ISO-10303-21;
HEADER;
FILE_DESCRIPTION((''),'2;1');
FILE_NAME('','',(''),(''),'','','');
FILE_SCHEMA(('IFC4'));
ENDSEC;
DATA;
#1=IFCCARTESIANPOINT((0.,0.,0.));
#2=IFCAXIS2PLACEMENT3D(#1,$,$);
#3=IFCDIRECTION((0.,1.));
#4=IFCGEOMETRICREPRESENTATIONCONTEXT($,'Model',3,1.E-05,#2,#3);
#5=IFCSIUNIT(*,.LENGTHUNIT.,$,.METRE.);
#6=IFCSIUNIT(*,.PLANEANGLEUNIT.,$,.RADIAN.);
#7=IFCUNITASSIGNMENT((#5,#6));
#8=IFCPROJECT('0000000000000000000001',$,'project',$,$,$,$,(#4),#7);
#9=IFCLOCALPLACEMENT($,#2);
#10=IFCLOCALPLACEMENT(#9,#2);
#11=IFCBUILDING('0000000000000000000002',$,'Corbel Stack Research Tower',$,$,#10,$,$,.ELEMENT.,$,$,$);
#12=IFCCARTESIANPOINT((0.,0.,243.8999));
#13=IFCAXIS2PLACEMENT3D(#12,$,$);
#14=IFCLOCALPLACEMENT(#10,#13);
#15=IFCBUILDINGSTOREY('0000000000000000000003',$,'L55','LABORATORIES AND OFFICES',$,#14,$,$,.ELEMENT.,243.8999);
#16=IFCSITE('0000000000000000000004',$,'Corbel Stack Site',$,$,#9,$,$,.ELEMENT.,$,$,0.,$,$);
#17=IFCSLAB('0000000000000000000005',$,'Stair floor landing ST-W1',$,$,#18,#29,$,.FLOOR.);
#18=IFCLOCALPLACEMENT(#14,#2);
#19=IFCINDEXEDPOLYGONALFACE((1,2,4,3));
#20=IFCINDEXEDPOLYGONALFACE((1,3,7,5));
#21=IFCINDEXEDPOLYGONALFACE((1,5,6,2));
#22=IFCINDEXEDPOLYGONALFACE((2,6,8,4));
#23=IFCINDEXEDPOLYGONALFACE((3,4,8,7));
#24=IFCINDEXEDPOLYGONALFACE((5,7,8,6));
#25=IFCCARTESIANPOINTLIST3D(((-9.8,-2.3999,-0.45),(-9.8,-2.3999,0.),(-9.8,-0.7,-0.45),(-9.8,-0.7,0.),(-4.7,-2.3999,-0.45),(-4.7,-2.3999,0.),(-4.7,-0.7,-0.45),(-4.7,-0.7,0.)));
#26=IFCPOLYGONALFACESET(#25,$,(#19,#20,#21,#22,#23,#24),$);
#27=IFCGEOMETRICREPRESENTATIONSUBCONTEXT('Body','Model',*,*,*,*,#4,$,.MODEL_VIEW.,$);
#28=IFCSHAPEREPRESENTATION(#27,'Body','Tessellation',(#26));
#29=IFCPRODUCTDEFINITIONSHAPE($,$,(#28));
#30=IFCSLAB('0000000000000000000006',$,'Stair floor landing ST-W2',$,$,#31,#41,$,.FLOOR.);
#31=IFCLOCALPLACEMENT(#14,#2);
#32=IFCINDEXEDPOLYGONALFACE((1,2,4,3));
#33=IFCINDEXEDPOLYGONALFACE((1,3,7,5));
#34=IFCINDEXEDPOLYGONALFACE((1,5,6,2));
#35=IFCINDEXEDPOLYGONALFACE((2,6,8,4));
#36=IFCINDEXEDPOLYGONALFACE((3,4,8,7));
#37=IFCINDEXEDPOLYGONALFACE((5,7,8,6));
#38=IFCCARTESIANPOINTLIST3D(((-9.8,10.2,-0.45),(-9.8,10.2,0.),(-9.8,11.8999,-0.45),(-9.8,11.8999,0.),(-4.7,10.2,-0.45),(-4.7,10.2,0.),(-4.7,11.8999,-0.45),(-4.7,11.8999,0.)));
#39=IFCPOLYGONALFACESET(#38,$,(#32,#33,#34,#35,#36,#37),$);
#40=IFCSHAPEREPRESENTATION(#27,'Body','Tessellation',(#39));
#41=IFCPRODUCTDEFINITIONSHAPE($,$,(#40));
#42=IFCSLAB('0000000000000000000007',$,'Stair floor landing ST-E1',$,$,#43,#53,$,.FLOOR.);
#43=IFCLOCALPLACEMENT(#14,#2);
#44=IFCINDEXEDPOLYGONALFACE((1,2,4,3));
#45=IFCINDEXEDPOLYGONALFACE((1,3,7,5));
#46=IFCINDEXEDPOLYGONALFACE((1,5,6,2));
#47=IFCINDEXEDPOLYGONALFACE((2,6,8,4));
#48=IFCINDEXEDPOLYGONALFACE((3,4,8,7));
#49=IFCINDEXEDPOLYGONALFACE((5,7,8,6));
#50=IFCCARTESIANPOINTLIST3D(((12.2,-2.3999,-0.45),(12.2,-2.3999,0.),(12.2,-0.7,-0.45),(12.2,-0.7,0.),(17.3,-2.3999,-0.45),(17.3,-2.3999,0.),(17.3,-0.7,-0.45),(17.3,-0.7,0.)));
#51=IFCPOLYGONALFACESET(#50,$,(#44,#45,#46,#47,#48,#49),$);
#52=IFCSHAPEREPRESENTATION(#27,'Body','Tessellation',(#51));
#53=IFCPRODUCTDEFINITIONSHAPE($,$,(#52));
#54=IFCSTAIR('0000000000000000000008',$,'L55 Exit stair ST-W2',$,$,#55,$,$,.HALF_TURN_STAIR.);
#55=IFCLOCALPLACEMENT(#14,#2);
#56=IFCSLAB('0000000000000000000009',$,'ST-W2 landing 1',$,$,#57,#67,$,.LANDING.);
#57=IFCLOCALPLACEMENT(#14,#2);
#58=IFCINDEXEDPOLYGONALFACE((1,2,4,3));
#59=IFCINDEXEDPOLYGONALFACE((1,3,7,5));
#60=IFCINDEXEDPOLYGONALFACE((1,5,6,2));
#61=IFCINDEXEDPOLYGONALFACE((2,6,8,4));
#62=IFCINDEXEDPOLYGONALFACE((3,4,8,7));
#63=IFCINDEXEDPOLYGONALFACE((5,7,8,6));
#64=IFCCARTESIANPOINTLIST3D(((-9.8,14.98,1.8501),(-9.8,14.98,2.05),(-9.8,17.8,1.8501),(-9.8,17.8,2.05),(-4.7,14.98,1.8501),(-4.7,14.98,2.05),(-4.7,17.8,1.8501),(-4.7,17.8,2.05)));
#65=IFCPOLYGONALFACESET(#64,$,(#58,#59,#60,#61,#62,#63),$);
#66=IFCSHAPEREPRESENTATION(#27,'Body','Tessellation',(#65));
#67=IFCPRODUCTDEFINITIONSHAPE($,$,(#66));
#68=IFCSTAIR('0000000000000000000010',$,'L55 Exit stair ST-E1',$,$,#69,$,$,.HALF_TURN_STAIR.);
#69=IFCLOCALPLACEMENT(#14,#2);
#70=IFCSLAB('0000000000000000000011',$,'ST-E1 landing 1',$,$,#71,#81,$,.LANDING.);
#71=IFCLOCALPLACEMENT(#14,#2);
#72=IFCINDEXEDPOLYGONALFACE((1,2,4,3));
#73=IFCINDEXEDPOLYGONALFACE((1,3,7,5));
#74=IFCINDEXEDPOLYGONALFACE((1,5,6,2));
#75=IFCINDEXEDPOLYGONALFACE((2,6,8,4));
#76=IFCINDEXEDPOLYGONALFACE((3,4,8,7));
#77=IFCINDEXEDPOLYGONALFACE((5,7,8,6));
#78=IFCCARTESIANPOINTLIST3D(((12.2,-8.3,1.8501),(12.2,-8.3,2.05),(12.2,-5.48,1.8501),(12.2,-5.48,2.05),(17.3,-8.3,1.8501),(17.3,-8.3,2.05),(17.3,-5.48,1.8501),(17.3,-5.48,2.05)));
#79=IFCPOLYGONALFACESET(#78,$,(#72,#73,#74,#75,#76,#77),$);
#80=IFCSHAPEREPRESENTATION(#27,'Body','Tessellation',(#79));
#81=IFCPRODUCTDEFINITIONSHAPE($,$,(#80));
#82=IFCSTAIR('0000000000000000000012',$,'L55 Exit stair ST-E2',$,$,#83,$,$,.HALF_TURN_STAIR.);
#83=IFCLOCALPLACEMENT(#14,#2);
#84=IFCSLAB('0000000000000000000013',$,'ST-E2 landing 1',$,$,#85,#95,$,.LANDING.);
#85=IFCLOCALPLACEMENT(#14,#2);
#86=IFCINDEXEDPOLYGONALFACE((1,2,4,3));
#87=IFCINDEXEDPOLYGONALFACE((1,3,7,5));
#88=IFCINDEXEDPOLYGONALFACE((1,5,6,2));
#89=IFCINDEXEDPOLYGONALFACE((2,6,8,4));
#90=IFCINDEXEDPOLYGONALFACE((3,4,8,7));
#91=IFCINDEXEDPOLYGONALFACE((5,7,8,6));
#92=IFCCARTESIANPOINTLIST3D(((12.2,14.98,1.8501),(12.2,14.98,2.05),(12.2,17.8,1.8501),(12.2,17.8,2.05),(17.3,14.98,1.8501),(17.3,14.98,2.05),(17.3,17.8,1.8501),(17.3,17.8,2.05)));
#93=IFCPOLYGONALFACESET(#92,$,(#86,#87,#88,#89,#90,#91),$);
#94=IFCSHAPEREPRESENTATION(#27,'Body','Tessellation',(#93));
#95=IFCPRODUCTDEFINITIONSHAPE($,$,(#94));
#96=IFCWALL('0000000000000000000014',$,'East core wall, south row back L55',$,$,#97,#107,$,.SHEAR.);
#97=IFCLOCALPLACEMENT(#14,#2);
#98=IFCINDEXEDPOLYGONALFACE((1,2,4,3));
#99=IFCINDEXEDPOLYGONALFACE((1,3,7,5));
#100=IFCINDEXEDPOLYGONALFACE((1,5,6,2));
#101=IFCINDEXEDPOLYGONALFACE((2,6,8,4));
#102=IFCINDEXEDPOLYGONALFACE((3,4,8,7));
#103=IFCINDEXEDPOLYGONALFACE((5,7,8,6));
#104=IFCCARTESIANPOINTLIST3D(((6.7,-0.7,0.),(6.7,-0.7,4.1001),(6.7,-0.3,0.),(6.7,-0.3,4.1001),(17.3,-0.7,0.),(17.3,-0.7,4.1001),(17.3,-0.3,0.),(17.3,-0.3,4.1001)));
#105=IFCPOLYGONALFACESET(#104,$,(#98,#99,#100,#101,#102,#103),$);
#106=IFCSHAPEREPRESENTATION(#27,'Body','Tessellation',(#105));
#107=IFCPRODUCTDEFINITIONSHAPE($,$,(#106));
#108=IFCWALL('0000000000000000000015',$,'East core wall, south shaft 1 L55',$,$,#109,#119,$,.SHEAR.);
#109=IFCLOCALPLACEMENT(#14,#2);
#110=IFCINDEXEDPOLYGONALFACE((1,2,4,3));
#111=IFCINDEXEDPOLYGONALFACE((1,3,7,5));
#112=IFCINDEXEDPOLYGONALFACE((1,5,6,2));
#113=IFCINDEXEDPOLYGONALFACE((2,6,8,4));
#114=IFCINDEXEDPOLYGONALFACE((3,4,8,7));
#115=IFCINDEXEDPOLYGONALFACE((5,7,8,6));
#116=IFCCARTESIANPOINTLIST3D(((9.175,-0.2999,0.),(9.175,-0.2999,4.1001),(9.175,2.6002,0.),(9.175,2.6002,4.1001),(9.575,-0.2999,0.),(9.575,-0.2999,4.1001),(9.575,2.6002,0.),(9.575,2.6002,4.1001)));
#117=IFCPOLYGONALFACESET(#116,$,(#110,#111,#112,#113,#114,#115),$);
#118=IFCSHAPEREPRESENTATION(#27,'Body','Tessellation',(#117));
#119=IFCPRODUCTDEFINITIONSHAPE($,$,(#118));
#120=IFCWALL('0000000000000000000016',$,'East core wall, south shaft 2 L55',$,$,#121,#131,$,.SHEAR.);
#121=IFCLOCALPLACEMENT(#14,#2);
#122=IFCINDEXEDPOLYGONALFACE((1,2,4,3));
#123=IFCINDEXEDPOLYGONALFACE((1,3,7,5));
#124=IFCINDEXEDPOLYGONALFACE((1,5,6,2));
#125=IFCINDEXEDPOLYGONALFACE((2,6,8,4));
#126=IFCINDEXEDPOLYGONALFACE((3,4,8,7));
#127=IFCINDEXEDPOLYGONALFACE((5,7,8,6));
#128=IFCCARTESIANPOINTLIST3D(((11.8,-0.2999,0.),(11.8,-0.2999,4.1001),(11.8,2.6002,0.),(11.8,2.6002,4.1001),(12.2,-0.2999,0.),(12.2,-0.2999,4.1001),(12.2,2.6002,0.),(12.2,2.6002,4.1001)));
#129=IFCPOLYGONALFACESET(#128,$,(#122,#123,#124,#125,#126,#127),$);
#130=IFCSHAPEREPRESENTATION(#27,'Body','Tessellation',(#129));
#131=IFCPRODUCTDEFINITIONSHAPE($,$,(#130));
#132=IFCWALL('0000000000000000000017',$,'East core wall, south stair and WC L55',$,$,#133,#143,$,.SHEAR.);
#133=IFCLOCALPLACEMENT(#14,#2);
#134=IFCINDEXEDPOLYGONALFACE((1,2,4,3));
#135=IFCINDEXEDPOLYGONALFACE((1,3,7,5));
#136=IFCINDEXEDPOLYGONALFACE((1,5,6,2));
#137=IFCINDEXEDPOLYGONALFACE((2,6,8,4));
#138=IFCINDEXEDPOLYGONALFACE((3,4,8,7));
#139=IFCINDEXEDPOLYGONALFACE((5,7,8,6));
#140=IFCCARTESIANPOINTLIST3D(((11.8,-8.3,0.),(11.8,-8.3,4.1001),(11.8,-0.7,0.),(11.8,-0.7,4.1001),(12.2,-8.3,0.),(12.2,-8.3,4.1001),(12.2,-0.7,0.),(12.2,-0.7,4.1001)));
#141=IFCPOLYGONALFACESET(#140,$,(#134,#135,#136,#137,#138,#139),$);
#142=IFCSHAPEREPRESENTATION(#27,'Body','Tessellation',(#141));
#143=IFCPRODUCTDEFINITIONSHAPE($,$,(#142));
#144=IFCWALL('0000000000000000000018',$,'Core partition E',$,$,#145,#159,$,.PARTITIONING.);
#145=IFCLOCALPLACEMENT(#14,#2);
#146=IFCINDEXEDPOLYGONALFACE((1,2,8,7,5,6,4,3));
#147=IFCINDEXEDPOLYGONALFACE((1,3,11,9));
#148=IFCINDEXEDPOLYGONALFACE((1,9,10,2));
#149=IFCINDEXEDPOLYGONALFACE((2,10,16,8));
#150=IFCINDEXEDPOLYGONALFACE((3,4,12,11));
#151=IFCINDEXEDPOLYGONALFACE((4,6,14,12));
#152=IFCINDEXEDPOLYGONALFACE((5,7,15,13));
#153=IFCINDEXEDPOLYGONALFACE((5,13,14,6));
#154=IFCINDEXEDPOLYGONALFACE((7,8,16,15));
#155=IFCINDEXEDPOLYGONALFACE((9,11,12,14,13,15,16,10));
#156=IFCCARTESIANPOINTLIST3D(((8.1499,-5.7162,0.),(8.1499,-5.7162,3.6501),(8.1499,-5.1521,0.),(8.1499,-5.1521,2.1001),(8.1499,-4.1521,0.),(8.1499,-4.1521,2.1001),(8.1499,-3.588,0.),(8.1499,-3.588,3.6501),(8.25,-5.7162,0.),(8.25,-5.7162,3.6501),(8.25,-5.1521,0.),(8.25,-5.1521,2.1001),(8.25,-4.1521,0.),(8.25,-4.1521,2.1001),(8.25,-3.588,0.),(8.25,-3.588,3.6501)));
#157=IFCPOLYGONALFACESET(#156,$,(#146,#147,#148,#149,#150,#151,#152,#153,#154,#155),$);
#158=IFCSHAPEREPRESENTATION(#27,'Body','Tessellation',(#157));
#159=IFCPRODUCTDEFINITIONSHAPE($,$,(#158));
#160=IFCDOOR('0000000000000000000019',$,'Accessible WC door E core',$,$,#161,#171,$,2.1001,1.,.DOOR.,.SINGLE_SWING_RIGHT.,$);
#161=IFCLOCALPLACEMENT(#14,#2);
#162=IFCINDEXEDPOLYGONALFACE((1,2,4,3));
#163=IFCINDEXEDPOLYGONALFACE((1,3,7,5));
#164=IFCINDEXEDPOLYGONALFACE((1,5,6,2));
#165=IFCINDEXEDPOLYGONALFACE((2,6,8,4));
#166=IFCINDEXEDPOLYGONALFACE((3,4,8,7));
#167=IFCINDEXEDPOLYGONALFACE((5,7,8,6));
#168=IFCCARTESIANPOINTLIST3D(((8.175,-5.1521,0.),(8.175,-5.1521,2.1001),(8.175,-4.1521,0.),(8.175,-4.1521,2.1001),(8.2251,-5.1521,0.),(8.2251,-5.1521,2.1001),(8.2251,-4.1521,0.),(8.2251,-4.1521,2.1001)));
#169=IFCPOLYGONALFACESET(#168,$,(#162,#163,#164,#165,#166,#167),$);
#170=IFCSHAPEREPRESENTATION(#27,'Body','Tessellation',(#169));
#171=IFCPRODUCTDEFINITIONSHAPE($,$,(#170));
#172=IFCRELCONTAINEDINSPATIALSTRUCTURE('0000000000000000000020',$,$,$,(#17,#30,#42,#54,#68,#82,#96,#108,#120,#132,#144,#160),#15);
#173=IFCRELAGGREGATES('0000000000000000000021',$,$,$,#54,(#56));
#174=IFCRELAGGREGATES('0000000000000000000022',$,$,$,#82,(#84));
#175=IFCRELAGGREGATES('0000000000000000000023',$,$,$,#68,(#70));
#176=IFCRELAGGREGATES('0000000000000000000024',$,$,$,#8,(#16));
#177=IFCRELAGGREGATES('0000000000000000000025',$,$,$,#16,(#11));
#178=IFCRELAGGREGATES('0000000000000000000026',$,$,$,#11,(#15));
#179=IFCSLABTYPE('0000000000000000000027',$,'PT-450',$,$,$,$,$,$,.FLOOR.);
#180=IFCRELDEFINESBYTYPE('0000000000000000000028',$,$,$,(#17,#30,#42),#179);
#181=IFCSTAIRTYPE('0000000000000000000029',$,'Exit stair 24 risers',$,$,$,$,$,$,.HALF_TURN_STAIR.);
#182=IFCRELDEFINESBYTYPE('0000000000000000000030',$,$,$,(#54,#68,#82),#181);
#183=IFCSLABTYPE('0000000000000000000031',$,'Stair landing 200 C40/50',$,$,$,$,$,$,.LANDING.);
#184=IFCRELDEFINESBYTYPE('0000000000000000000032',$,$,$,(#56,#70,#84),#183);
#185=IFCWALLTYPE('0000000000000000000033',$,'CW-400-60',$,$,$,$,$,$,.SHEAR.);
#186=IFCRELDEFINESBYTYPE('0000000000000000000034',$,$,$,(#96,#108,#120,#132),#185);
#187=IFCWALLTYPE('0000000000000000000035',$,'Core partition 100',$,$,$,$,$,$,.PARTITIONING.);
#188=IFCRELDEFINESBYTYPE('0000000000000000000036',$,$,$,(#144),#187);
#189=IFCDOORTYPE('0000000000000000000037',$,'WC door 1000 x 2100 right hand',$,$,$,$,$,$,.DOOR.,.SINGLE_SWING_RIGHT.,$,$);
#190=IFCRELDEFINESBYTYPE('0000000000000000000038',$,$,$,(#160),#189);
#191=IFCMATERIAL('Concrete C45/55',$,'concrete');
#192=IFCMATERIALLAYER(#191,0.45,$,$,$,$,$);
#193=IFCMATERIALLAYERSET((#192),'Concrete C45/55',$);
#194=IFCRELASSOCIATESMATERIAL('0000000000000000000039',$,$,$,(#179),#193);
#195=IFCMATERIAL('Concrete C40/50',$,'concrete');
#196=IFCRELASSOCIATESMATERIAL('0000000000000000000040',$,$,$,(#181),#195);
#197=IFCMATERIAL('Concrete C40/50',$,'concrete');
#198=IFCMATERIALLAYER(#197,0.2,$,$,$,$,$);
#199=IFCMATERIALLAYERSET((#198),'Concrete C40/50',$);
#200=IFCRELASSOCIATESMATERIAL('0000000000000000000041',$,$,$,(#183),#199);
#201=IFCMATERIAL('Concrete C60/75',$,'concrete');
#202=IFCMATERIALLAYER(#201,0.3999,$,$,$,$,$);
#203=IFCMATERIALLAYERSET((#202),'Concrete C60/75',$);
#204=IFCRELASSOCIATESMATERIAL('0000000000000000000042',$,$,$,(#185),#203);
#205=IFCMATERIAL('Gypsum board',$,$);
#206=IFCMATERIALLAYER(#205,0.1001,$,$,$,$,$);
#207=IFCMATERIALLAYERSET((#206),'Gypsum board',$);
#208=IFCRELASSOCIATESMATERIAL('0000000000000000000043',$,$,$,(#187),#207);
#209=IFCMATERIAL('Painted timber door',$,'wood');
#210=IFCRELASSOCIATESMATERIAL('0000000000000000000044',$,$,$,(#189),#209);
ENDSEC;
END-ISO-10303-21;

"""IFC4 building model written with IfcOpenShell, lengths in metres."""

from ifc_helpers import new_model, si_unit, direction, frame, frame_2d, origin, place, context, subcontext, project, spatial, polyline, rectangle, outline, extrude, material, layer, layer_set, type_object, element, fill, aggregate, save


model = new_model("IFC4")

# Units and contexts
model_context = context("Model", 3, precision=1e-05, world=origin(), true_north=direction((0.0, 1.0)))
body_context = subcontext(model_context, "Body", "Model", "MODEL_VIEW")
ifc_project = project(units=[si_unit("LENGTHUNIT", "METRE"), si_unit("PLANEANGLEUNIT", "RADIAN")], contexts=[model_context])

# Site, building, storey
site_placement = place(None, origin())
site = spatial("IfcSite", under=ifc_project, at=site_placement, Name="Corbel Stack Site", CompositionType="ELEMENT", RefElevation=0.0)
building_placement = place(site_placement, origin())
building = spatial("IfcBuilding", under=site, at=building_placement, Name="Corbel Stack Research Tower", CompositionType="ELEMENT")
storey_placement = place(building_placement, frame((0.0, 0.0, 243.8999)))
storey = spatial("IfcBuildingStorey", under=building, at=storey_placement, Name="L55", Description="LABORATORIES AND OFFICES", CompositionType="ELEMENT", Elevation=243.8999)

# Slabs
ifc_material_1 = material(Name="Concrete C45/55", Category="concrete")
ifc_layer_1 = layer(ifc_material_1, 0.45)
ifc_layer_set_1 = layer_set([ifc_layer_1], Name="Concrete C45/55")
slab_type_1 = type_object("IfcSlabType", Name="PT-450", PredefinedType="FLOOR", material=ifc_layer_set_1)
slab_1_placement = place(storey_placement, frame((0.0, 0.0, -0.45)))
element("IfcSlab", 1, at=slab_1_placement, inside=storey, type_object=slab_type_1, Name="Stair floor landing ST-W1", PredefinedType="FLOOR", context=body_context, shape_type="SweptSolid", body=[
    extrude(outline(polyline([(-9.8, -2.3999), (-4.7, -2.3999), (-4.7, -0.7), (-9.8, -0.7), (-9.8, -2.3999)])), origin(), (0.0, 0.0, 1.0), 0.45),
])
slab_2_placement = place(storey_placement, frame((0.0, 0.0, -0.45)))
element("IfcSlab", 2, at=slab_2_placement, inside=storey, type_object=slab_type_1, Name="Stair floor landing ST-W2", PredefinedType="FLOOR", context=body_context, shape_type="SweptSolid", body=[
    extrude(outline(polyline([(-9.8, 10.2), (-4.7, 10.2), (-4.7, 11.8999), (-9.8, 11.8999), (-9.8, 10.2)])), origin(), (0.0, 0.0, 1.0), 0.45),
])
slab_3_placement = place(storey_placement, frame((0.0, 0.0, -0.45)))
element("IfcSlab", 3, at=slab_3_placement, inside=storey, type_object=slab_type_1, Name="Stair floor landing ST-E1", PredefinedType="FLOOR", context=body_context, shape_type="SweptSolid", body=[
    extrude(outline(polyline([(12.2, -2.3999), (17.3, -2.3999), (17.3, -0.7), (12.2, -0.7), (12.2, -2.3999)])), origin(), (0.0, 0.0, 1.0), 0.45),
])

# Stairs, slabs
ifc_material_2 = material(Name="Concrete C40/50", Category="concrete")
stair_type = type_object("IfcStairType", Name="Exit stair 24 risers", PredefinedType="HALF_TURN_STAIR", material=ifc_material_2)
stair_1_placement = place(storey_placement, origin())
stair_1 = element("IfcStair", 4, at=stair_1_placement, inside=storey, type_object=stair_type, Name="L55 Exit stair ST-W2", PredefinedType="HALF_TURN_STAIR")
ifc_material_3 = material(Name="Concrete C40/50", Category="concrete")
ifc_layer_2 = layer(ifc_material_3, 0.2)
ifc_layer_set_2 = layer_set([ifc_layer_2], Name="Concrete C40/50")
slab_type_2 = type_object("IfcSlabType", Name="Stair landing 200 C40/50", PredefinedType="LANDING", material=ifc_layer_set_2)
slab_4_placement = place(storey_placement, frame((0.0, 0.0, 1.8501)))
slab_4 = element("IfcSlab", 5, at=slab_4_placement, type_object=slab_type_2, Name="ST-W2 landing 1", PredefinedType="LANDING", context=body_context, shape_type="SweptSolid", body=[
    extrude(outline(polyline([(-9.8, 14.98), (-9.8, 17.8), (-4.7, 17.8), (-4.7, 14.98), (-9.8, 14.98)])), origin(), (0.0, 0.0, 1.0), 0.2),
])
aggregate(stair_1, [slab_4])
stair_2_placement = place(storey_placement, origin())
stair_2 = element("IfcStair", 6, at=stair_2_placement, inside=storey, type_object=stair_type, Name="L55 Exit stair ST-E1", PredefinedType="HALF_TURN_STAIR")
slab_5_placement = place(storey_placement, frame((0.0, 0.0, 1.8501)))
slab_5 = element("IfcSlab", 7, at=slab_5_placement, type_object=slab_type_2, Name="ST-E1 landing 1", PredefinedType="LANDING", context=body_context, shape_type="SweptSolid", body=[
    extrude(outline(polyline([(12.2, -8.3), (12.2, -5.48), (17.3, -5.48), (17.3, -8.3), (12.2, -8.3)])), origin(), (0.0, 0.0, 1.0), 0.2),
])
stair_3_placement = place(storey_placement, origin())
stair_3 = element("IfcStair", 8, at=stair_3_placement, inside=storey, type_object=stair_type, Name="L55 Exit stair ST-E2", PredefinedType="HALF_TURN_STAIR")
slab_6_placement = place(storey_placement, frame((0.0, 0.0, 1.8501)))
slab_6 = element("IfcSlab", 9, at=slab_6_placement, type_object=slab_type_2, Name="ST-E2 landing 1", PredefinedType="LANDING", context=body_context, shape_type="SweptSolid", body=[
    extrude(outline(polyline([(12.2, 14.98), (12.2, 17.8), (17.3, 17.8), (17.3, 14.98), (12.2, 14.98)])), origin(), (0.0, 0.0, 1.0), 0.2),
])
aggregate(stair_3, [slab_6])

# Walls
ifc_material_4 = material(Name="Concrete C60/75", Category="concrete")
ifc_layer_3 = layer(ifc_material_4, 0.3999)
ifc_layer_set_3 = layer_set([ifc_layer_3], Name="Concrete C60/75")
wall_type_1 = type_object("IfcWallType", Name="CW-400-60", PredefinedType="SHEAR", material=ifc_layer_set_3)
wall_1_placement = place(storey_placement, frame((6.7, -0.5, 0.0), z_axis=(0.0, 0.0, 1.0), x_axis=(1.0, 0.0, 0.0)))
element("IfcWall", 10, at=wall_1_placement, inside=storey, type_object=wall_type_1, Name="East core wall, south row back L55", PredefinedType="SHEAR", context=body_context, shape_type="SweptSolid", body=[
    extrude(rectangle(XDim=10.6001, YDim=0.3999, at=frame_2d((5.3, 0.0))), origin(), (0.0, 0.0, 1.0), 4.1001),
])
for number, where, z_axis, x_axis, name in (
    (11, (9.375, -0.3, 0.0), (0.0, 0.0, 1.0), (0.0, 1.0, 0.0), "East core wall, south shaft 1 L55"),
    (12, (12.0, -0.3, 0.0), (0.0, 0.0, 1.0), (0.0, 1.0, 0.0), "East core wall, south shaft 2 L55"),
):
    element("IfcWall", number, at=place(storey_placement, frame(where, z_axis=z_axis, x_axis=x_axis)), inside=storey, type_object=wall_type_1, Name=name, PredefinedType="SHEAR", context=body_context, shape_type="SweptSolid", body=[
        extrude(rectangle(XDim=2.9001, YDim=0.3999, at=frame_2d((1.4502, 0.0))), origin(), (0.0, 0.0, 1.0), 4.1001),
    ])
wall_2_placement = place(storey_placement, frame((12.0, -8.3, 0.0), z_axis=(0.0, 0.0, 1.0), x_axis=(0.0, 1.0, 0.0)))
element("IfcWall", 13, at=wall_2_placement, inside=storey, type_object=wall_type_1, Name="East core wall, south stair and WC L55", PredefinedType="SHEAR", context=body_context, shape_type="SweptSolid", body=[
    extrude(rectangle(XDim=7.6001, YDim=0.3999, at=frame_2d((3.8, 0.0))), origin(), (0.0, 0.0, 1.0), 4.1001),
])

# Wall, opening, door
ifc_material_5 = material(Name="Gypsum board")
ifc_layer_4 = layer(ifc_material_5, 0.1001)
ifc_layer_set_4 = layer_set([ifc_layer_4], Name="Gypsum board")
wall_type_2 = type_object("IfcWallType", Name="Core partition 100", PredefinedType="PARTITIONING", material=ifc_layer_set_4)
wall_3_placement = place(storey_placement, frame((8.2, -5.7161, 0.0), z_axis=(0.0, 0.0, 1.0), x_axis=(0.0, 1.0, 0.0)))
wall_3 = element("IfcWall", 14, at=wall_3_placement, inside=storey, type_object=wall_type_2, Name="Core partition E", PredefinedType="PARTITIONING", context=body_context, shape_type="SweptSolid", body=[
    extrude(rectangle(XDim=2.1282, YDim=0.1001, at=frame_2d((1.064, 0.0))), origin(), (0.0, 0.0, 1.0), 3.6501),
])
opening_1_placement = place(wall_3_placement, frame((0.564, 0.0, 0.0)))
opening_1 = element("IfcOpeningElement", 15, at=opening_1_placement, cuts=wall_3, PredefinedType="OPENING", context=body_context, shape_type="SweptSolid", body=[
    extrude(rectangle(XDim=1.0, YDim=2.1001, at=frame_2d((0.5, 1.05))), frame((0.0, 0.0601, 0.0), z_axis=(0.0, -1.0, 0.0), x_axis=(1.0, 0.0, 0.0)), (0.0, 0.0, 1.0), 0.1201),
])
ifc_material_6 = material(Name="Painted timber door", Category="wood")
door_type_1 = type_object("IfcDoorType", Name="WC door 1000 x 2100 right hand", OperationType="SINGLE_SWING_RIGHT", PredefinedType="DOOR", material=ifc_material_6)
door_1_placement = place(opening_1_placement, origin())
door_1 = element("IfcDoor", 16, at=door_1_placement, inside=storey, type_object=door_type_1, Name="Accessible WC door E core", OperationType="SINGLE_SWING_RIGHT", OverallHeight=2.1001, OverallWidth=1.0, PredefinedType="DOOR", context=body_context, shape_type="SweptSolid", body=[
    extrude(rectangle(XDim=1.0, YDim=2.1001, at=frame_2d((0.5, 1.05))), frame((0.0, 0.0249, 0.0), z_axis=(0.0, -1.0, 0.0), x_axis=(1.0, 0.0, 0.0)), (0.0, 0.0, 1.0), 0.05),
])
fill(opening_1, door_1)

aggregate(stair_2, [slab_5])

save(model, "model.ifc")
